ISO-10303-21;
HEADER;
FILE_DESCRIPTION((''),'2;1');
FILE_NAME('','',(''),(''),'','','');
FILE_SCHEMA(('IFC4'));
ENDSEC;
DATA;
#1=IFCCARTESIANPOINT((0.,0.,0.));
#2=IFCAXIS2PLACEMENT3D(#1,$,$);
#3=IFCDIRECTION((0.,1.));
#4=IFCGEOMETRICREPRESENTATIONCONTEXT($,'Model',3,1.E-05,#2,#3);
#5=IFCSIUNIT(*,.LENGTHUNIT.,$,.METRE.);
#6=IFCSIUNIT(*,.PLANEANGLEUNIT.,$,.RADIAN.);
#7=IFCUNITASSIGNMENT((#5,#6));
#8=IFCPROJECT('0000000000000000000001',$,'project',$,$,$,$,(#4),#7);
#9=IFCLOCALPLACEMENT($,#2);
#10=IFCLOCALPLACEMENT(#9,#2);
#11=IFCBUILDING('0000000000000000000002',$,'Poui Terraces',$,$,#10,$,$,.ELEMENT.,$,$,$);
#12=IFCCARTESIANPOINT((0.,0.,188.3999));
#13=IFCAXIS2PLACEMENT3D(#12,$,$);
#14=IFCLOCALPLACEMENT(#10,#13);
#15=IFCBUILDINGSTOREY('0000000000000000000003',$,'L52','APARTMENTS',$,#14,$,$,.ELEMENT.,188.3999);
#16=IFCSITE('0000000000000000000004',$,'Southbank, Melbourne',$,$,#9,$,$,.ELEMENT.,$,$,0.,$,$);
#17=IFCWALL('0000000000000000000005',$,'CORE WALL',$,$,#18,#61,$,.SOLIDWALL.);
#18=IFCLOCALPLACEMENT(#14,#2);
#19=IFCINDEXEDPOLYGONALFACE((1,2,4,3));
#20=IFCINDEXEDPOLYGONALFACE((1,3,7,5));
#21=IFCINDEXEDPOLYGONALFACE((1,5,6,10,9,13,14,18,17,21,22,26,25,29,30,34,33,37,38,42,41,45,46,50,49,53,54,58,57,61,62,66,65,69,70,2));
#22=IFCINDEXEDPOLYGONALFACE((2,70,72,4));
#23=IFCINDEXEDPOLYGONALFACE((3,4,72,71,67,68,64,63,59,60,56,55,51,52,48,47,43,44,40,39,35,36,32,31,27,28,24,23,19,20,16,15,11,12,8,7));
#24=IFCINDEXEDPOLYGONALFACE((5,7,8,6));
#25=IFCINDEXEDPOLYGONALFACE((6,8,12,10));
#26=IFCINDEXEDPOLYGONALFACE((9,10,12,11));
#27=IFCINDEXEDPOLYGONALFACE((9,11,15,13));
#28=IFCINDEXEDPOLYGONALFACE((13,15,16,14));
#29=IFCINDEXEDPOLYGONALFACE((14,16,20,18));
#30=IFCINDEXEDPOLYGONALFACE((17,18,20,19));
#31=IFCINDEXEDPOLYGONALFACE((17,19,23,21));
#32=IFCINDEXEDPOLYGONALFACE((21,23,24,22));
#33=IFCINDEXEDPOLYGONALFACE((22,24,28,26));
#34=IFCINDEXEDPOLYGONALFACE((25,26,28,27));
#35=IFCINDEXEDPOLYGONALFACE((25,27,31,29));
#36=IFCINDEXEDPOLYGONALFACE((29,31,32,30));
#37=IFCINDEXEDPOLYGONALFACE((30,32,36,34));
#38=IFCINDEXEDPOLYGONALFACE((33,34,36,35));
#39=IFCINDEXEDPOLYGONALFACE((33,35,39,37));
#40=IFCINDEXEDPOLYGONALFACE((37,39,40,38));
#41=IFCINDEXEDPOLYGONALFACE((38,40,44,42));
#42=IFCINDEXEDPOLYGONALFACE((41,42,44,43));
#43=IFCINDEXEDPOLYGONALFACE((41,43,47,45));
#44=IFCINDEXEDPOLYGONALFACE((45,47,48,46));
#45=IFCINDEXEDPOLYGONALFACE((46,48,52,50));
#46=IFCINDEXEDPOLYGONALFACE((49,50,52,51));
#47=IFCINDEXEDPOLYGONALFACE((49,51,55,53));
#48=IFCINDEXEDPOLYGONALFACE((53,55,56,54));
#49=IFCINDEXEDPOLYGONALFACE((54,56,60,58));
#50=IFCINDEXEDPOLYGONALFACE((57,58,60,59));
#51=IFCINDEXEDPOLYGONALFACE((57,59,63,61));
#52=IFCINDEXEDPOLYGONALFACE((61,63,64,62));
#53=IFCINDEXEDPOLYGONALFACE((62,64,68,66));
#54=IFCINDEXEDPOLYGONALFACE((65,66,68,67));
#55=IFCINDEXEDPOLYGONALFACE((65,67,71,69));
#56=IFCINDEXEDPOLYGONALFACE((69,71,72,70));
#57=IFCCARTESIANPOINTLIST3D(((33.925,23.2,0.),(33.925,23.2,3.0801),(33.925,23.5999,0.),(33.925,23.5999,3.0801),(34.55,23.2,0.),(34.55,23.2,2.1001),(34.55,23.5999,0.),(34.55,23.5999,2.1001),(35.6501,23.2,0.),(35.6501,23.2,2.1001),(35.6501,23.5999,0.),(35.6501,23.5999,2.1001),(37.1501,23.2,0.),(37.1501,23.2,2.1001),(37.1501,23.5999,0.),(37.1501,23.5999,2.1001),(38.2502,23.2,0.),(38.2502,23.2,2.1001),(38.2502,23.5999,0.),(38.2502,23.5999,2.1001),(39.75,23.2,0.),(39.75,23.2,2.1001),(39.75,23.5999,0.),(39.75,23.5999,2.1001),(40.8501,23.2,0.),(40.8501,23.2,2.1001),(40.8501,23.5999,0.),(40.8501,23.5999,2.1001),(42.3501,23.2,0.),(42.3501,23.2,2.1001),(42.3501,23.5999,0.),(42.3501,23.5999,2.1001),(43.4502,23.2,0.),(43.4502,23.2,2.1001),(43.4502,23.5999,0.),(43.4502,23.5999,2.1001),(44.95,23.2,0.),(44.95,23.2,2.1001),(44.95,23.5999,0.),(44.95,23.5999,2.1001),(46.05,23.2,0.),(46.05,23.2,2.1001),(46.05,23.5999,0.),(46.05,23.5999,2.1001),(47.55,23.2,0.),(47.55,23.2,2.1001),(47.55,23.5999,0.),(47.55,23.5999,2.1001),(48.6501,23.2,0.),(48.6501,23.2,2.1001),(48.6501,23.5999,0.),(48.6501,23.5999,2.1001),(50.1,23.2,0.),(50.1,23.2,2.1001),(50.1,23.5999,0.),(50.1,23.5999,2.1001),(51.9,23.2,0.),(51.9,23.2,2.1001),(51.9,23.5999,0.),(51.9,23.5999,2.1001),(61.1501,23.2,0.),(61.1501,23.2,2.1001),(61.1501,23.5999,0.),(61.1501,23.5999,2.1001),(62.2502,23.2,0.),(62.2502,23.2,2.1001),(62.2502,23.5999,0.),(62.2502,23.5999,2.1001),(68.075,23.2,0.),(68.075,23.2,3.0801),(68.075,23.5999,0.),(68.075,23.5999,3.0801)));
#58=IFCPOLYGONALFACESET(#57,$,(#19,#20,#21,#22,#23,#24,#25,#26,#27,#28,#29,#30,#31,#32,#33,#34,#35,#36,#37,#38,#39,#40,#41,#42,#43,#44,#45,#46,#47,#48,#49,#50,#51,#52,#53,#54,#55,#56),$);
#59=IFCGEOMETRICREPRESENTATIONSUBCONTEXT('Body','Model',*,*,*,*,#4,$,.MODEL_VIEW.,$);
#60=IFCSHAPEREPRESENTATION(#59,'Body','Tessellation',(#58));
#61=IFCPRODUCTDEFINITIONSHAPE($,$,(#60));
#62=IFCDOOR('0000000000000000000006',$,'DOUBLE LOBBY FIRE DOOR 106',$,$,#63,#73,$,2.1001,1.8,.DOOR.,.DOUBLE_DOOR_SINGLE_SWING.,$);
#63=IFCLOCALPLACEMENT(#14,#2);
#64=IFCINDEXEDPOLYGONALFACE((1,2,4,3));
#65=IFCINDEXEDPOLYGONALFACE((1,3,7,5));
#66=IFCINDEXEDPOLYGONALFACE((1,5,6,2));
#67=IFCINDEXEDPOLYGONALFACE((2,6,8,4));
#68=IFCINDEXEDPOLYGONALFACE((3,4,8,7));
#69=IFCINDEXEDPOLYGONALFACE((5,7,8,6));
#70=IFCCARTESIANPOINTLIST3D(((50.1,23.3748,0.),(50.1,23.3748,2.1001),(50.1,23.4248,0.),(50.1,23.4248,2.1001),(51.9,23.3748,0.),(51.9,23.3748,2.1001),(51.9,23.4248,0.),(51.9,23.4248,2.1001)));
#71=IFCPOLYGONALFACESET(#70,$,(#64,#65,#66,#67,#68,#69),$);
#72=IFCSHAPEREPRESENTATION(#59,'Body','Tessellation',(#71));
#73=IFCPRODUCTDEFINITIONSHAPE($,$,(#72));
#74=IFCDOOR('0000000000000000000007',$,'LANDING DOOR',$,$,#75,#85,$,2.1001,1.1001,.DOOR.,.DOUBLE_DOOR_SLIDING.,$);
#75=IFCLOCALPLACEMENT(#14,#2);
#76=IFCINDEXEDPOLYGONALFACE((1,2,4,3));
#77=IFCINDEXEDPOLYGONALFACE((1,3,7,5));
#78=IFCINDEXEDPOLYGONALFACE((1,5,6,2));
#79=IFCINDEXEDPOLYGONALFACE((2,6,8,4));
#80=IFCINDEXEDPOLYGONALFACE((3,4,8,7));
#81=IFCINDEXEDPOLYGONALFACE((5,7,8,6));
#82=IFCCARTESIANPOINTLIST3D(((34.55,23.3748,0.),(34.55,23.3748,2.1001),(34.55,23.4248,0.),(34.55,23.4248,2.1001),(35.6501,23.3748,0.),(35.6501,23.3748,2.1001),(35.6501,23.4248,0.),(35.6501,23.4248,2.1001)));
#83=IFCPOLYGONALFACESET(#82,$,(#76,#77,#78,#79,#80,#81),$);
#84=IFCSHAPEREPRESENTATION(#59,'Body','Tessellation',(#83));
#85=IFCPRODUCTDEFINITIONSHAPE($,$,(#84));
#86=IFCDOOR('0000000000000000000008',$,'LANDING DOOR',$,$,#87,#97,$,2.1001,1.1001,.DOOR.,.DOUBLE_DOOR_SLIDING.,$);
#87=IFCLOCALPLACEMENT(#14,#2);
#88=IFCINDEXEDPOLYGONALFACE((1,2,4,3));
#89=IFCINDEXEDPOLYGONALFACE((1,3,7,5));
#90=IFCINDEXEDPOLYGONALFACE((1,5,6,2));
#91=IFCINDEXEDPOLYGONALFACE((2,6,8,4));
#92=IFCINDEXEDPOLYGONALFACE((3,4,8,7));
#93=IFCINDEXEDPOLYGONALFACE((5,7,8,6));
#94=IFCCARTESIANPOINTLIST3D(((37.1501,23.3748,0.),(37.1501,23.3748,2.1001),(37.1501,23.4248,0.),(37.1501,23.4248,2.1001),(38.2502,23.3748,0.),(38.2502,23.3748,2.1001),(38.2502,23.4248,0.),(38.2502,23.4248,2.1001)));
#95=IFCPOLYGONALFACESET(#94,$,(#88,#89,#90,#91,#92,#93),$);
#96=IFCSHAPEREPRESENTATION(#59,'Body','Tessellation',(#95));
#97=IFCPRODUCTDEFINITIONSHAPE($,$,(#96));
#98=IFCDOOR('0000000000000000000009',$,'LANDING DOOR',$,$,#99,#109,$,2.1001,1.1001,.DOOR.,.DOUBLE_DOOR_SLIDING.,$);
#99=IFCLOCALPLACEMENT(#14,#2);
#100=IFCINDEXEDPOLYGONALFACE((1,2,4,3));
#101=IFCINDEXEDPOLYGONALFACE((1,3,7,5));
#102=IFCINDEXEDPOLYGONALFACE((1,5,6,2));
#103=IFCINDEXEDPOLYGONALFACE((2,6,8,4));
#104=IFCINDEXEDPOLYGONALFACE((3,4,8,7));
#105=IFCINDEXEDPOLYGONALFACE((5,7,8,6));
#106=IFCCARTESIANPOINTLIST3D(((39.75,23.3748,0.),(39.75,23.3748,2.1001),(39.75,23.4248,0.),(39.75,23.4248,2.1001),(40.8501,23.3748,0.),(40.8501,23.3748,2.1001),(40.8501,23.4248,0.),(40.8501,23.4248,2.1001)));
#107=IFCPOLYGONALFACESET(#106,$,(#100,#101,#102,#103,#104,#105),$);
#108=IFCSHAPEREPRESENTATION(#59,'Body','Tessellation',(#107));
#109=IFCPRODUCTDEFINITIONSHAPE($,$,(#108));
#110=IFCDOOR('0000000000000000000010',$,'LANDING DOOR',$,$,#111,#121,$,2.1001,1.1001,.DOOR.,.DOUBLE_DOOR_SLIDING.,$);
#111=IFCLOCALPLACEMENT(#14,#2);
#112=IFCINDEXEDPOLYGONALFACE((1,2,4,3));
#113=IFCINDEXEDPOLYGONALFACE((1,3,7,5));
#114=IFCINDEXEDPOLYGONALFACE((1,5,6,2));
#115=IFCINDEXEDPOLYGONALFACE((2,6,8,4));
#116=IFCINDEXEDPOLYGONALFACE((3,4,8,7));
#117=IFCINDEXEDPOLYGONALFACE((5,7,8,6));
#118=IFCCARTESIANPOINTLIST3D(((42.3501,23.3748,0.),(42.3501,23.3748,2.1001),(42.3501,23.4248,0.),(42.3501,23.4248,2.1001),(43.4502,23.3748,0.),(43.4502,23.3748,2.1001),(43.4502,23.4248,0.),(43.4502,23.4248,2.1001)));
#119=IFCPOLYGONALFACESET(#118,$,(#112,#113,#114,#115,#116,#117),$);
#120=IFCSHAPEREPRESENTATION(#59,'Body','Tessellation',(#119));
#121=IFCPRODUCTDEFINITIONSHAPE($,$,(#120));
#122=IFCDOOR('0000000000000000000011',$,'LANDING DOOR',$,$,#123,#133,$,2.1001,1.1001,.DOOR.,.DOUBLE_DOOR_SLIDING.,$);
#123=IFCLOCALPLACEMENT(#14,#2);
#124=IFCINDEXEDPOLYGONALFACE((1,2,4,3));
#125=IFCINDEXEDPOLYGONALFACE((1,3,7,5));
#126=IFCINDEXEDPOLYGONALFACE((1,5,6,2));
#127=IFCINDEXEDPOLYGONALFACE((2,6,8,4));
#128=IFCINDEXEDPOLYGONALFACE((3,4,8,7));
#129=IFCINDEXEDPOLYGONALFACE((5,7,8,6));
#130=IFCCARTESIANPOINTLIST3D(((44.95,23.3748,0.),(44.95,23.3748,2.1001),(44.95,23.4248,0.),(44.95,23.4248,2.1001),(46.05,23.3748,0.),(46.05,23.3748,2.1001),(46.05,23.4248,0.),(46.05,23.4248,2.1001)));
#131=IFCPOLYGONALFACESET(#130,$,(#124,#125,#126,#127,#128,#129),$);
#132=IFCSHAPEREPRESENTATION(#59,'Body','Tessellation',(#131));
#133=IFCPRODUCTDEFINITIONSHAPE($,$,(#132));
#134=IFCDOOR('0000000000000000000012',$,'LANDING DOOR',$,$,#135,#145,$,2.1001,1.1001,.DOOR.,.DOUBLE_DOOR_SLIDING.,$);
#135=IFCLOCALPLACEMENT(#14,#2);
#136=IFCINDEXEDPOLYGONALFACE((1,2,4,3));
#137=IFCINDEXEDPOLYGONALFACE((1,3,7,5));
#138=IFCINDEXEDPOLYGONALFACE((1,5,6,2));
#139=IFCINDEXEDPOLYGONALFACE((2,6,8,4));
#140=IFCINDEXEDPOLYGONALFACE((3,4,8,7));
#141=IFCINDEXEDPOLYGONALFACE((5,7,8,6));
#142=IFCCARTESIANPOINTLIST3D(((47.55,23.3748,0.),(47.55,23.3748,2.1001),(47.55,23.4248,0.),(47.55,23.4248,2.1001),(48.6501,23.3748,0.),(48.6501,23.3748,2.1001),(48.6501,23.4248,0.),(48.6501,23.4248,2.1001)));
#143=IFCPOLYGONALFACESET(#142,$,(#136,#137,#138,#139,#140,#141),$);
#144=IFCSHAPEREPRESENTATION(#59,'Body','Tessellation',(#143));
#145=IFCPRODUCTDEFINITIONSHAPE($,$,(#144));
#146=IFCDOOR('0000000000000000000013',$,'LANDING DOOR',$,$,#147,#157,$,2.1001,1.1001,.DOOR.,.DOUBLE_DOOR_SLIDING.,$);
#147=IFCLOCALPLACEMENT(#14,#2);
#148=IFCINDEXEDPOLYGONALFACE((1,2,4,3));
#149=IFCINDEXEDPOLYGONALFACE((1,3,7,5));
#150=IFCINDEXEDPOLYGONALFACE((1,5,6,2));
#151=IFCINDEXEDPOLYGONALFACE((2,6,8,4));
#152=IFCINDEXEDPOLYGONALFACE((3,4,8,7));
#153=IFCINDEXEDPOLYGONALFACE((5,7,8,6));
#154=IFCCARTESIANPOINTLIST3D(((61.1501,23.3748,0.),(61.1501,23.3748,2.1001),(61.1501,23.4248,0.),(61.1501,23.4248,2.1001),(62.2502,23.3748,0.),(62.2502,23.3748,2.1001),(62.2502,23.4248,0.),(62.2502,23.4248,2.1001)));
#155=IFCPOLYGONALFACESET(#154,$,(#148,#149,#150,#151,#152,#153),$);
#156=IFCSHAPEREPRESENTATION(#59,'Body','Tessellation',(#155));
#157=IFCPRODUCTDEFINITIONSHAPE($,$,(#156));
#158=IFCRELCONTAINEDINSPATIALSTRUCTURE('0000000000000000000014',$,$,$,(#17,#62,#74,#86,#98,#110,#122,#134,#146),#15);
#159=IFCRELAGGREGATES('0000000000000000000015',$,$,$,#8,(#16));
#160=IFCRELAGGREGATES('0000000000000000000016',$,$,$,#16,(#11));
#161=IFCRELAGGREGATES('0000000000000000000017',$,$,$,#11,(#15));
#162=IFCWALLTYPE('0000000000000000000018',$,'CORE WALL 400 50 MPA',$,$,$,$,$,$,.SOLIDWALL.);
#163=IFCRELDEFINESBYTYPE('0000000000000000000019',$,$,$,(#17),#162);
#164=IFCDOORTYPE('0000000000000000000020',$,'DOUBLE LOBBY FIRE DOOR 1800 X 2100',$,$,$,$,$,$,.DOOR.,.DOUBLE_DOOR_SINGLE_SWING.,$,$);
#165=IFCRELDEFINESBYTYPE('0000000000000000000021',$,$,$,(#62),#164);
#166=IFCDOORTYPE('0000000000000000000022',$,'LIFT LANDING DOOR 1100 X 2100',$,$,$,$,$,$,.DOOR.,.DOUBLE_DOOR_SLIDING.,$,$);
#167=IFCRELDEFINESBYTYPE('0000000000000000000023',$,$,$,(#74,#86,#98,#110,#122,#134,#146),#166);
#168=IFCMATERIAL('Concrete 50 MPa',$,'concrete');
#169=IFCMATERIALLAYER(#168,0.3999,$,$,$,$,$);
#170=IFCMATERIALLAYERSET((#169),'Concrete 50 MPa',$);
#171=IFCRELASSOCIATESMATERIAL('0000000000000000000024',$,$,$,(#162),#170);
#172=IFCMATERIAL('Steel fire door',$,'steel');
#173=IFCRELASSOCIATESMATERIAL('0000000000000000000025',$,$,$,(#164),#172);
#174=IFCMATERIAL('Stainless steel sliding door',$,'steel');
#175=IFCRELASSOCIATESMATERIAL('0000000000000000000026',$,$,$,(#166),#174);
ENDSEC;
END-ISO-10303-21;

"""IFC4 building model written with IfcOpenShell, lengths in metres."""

from ifc_helpers import new_model, si_unit, direction, frame, frame_2d, origin, place, context, subcontext, project, spatial, rectangle, extrude, material, layer, layer_set, type_object, element, fill, save


model = new_model("IFC4")

# Units and contexts
model_context = context("Model", 3, precision=1e-05, world=origin(), true_north=direction((0.0, 1.0)))
body_context = subcontext(model_context, "Body", "Model", "MODEL_VIEW")
ifc_project = project(units=[si_unit("LENGTHUNIT", "METRE"), si_unit("PLANEANGLEUNIT", "RADIAN")], contexts=[model_context])

# Site, building, storey
site_placement = place(None, origin())
site = spatial("IfcSite", under=ifc_project, at=site_placement, Name="Southbank, Melbourne", CompositionType="ELEMENT", RefElevation=0.0)
building_placement = place(site_placement, origin())
building = spatial("IfcBuilding", under=site, at=building_placement, Name="Poui Terraces", CompositionType="ELEMENT")
storey_placement = place(building_placement, frame((0.0, 0.0, 188.3999)))
storey = spatial("IfcBuildingStorey", under=building, at=storey_placement, Name="L52", Description="APARTMENTS", CompositionType="ELEMENT", Elevation=188.3999)

# Shared definitions
ifc_material_1 = material(Name="Concrete 50 MPa", Category="concrete")

# Wall, openings, doors
ifc_layer_1 = layer(ifc_material_1, 0.3999)
ifc_layer_set_1 = layer_set([ifc_layer_1], Name="Concrete 50 MPa")
wall_type_1 = type_object("IfcWallType", Name="CORE WALL 400 50 MPA", PredefinedType="SOLIDWALL", material=ifc_layer_set_1)
ifc_material_2 = material(Name="Steel fire door", Category="steel")
door_type_1 = type_object("IfcDoorType", Name="DOUBLE LOBBY FIRE DOOR 1800 X 2100", OperationType="DOUBLE_DOOR_SINGLE_SWING", PredefinedType="DOOR", material=ifc_material_2)
wall_1_placement = place(storey_placement, frame((33.925, 23.3999, 0.0), z_axis=(0.0, 0.0, 1.0), x_axis=(1.0, 0.0, 0.0)))
wall_1 = element("IfcWall", 1, at=wall_1_placement, inside=storey, type_object=wall_type_1, Name="CORE WALL", PredefinedType="SOLIDWALL", context=body_context, shape_type="SweptSolid", body=[
    extrude(rectangle(XDim=34.1499, YDim=0.3999, at=frame_2d((17.075, 0.0))), origin(), (0.0, 0.0, 1.0), 3.0801),
])
opening_1_placement = place(wall_1_placement, frame((16.175, 0.0, 0.0)))
opening_1 = element("IfcOpeningElement", 2, at=opening_1_placement, cuts=wall_1, PredefinedType="OPENING", context=body_context, shape_type="SweptSolid", body=[
    extrude(rectangle(XDim=1.8, YDim=2.1001, at=frame_2d((0.8999, 1.05))), frame((0.0, 0.21, 0.0), z_axis=(0.0, -1.0, 0.0), x_axis=(1.0, 0.0, 0.0)), (0.0, 0.0, 1.0), 0.4199),
])
opening_2_placement = place(wall_1_placement, frame((0.625, 0.0, 0.0)))
opening_2 = element("IfcOpeningElement", 3, at=opening_2_placement, cuts=wall_1, PredefinedType="OPENING", context=body_context, shape_type="SweptSolid", body=[
    extrude(rectangle(XDim=1.1001, YDim=2.1001, at=frame_2d((0.55, 1.05))), frame((0.0, 0.21, 0.0), z_axis=(0.0, -1.0, 0.0), x_axis=(1.0, 0.0, 0.0)), (0.0, 0.0, 1.0), 0.4199),
])
opening_3_placement = place(wall_1_placement, frame((3.2251, 0.0, 0.0)))
opening_3 = element("IfcOpeningElement", 4, at=opening_3_placement, cuts=wall_1, PredefinedType="OPENING", context=body_context, shape_type="SweptSolid", body=[
    extrude(rectangle(XDim=1.1001, YDim=2.1001, at=frame_2d((0.55, 1.05))), frame((0.0, 0.21, 0.0), z_axis=(0.0, -1.0, 0.0), x_axis=(1.0, 0.0, 0.0)), (0.0, 0.0, 1.0), 0.4199),
])
opening_4_placement = place(wall_1_placement, frame((5.825, 0.0, 0.0)))
opening_4 = element("IfcOpeningElement", 5, at=opening_4_placement, cuts=wall_1, PredefinedType="OPENING", context=body_context, shape_type="SweptSolid", body=[
    extrude(rectangle(XDim=1.1001, YDim=2.1001, at=frame_2d((0.55, 1.05))), frame((0.0, 0.21, 0.0), z_axis=(0.0, -1.0, 0.0), x_axis=(1.0, 0.0, 0.0)), (0.0, 0.0, 1.0), 0.4199),
])
opening_5_placement = place(wall_1_placement, frame((8.425, 0.0, 0.0)))
opening_5 = element("IfcOpeningElement", 6, at=opening_5_placement, cuts=wall_1, PredefinedType="OPENING", context=body_context, shape_type="SweptSolid", body=[
    extrude(rectangle(XDim=1.1001, YDim=2.1001, at=frame_2d((0.55, 1.05))), frame((0.0, 0.21, 0.0), z_axis=(0.0, -1.0, 0.0), x_axis=(1.0, 0.0, 0.0)), (0.0, 0.0, 1.0), 0.4199),
])
opening_6_placement = place(wall_1_placement, frame((11.0249, 0.0, 0.0)))
opening_6 = element("IfcOpeningElement", 7, at=opening_6_placement, cuts=wall_1, PredefinedType="OPENING", context=body_context, shape_type="SweptSolid", body=[
    extrude(rectangle(XDim=1.1001, YDim=2.1001, at=frame_2d((0.55, 1.05))), frame((0.0, 0.21, 0.0), z_axis=(0.0, -1.0, 0.0), x_axis=(1.0, 0.0, 0.0)), (0.0, 0.0, 1.0), 0.4199),
])
opening_7_placement = place(wall_1_placement, frame((13.625, 0.0, 0.0)))
opening_7 = element("IfcOpeningElement", 8, at=opening_7_placement, cuts=wall_1, PredefinedType="OPENING", context=body_context, shape_type="SweptSolid", body=[
    extrude(rectangle(XDim=1.1001, YDim=2.1001, at=frame_2d((0.55, 1.05))), frame((0.0, 0.21, 0.0), z_axis=(0.0, -1.0, 0.0), x_axis=(1.0, 0.0, 0.0)), (0.0, 0.0, 1.0), 0.4199),
])
opening_8_placement = place(wall_1_placement, frame((27.2251, 0.0, 0.0)))
opening_8 = element("IfcOpeningElement", 9, at=opening_8_placement, cuts=wall_1, PredefinedType="OPENING", context=body_context, shape_type="SweptSolid", body=[
    extrude(rectangle(XDim=1.1001, YDim=2.1001, at=frame_2d((0.55, 1.05))), frame((0.0, 0.21, 0.0), z_axis=(0.0, -1.0, 0.0), x_axis=(1.0, 0.0, 0.0)), (0.0, 0.0, 1.0), 0.4199),
])
door_1_placement = place(opening_1_placement, origin())
door_1 = element("IfcDoor", 10, at=door_1_placement, inside=storey, type_object=door_type_1, Name="DOUBLE LOBBY FIRE DOOR 106", OperationType="DOUBLE_DOOR_SINGLE_SWING", OverallHeight=2.1001, OverallWidth=1.8, PredefinedType="DOOR", context=body_context, shape_type="SweptSolid", body=[
    extrude(rectangle(XDim=1.8, YDim=2.1001, at=frame_2d((0.8999, 1.05))), frame((0.0, 0.0249, 0.0), z_axis=(0.0, -1.0, 0.0), x_axis=(1.0, 0.0, 0.0)), (0.0, 0.0, 1.0), 0.05),
])
fill(opening_1, door_1)
ifc_material_3 = material(Name="Stainless steel sliding door", Category="steel")
door_type_2 = type_object("IfcDoorType", Name="LIFT LANDING DOOR 1100 X 2100", OperationType="DOUBLE_DOOR_SLIDING", PredefinedType="DOOR", material=ifc_material_3)
door_2_placement = place(opening_2_placement, origin())
door_2 = element("IfcDoor", 11, at=door_2_placement, inside=storey, type_object=door_type_2, Name="LANDING DOOR", OperationType="DOUBLE_DOOR_SLIDING", OverallHeight=2.1001, OverallWidth=1.1001, PredefinedType="DOOR", context=body_context, shape_type="SweptSolid", body=[
    extrude(rectangle(XDim=1.1001, YDim=2.1001, at=frame_2d((0.55, 1.05))), frame((0.0, 0.0249, 0.0), z_axis=(0.0, -1.0, 0.0), x_axis=(1.0, 0.0, 0.0)), (0.0, 0.0, 1.0), 0.05),
])
fill(opening_2, door_2)
door_3_placement = place(opening_3_placement, origin())
door_3 = element("IfcDoor", 12, at=door_3_placement, inside=storey, type_object=door_type_2, Name="LANDING DOOR", OperationType="DOUBLE_DOOR_SLIDING", OverallHeight=2.1001, OverallWidth=1.1001, PredefinedType="DOOR", context=body_context, shape_type="SweptSolid", body=[
    extrude(rectangle(XDim=1.1001, YDim=2.1001, at=frame_2d((0.55, 1.05))), frame((0.0, 0.0249, 0.0), z_axis=(0.0, -1.0, 0.0), x_axis=(1.0, 0.0, 0.0)), (0.0, 0.0, 1.0), 0.05),
])
fill(opening_3, door_3)
door_4_placement = place(opening_4_placement, origin())
door_4 = element("IfcDoor", 13, at=door_4_placement, inside=storey, type_object=door_type_2, Name="LANDING DOOR", OperationType="DOUBLE_DOOR_SLIDING", OverallHeight=2.1001, OverallWidth=1.1001, PredefinedType="DOOR", context=body_context, shape_type="SweptSolid", body=[
    extrude(rectangle(XDim=1.1001, YDim=2.1001, at=frame_2d((0.55, 1.05))), frame((0.0, 0.0249, 0.0), z_axis=(0.0, -1.0, 0.0), x_axis=(1.0, 0.0, 0.0)), (0.0, 0.0, 1.0), 0.05),
])
fill(opening_4, door_4)
door_5_placement = place(opening_5_placement, origin())
door_5 = element("IfcDoor", 14, at=door_5_placement, inside=storey, type_object=door_type_2, Name="LANDING DOOR", OperationType="DOUBLE_DOOR_SLIDING", OverallHeight=2.1001, OverallWidth=1.1001, PredefinedType="DOOR", context=body_context, shape_type="SweptSolid", body=[
    extrude(rectangle(XDim=1.1001, YDim=2.1001, at=frame_2d((0.55, 1.05))), frame((0.0, 0.0249, 0.0), z_axis=(0.0, -1.0, 0.0), x_axis=(1.0, 0.0, 0.0)), (0.0, 0.0, 1.0), 0.05),
])
fill(opening_5, door_5)
door_6_placement = place(opening_6_placement, origin())
door_6 = element("IfcDoor", 15, at=door_6_placement, inside=storey, type_object=door_type_2, Name="LANDING DOOR", OperationType="DOUBLE_DOOR_SLIDING", OverallHeight=2.1001, OverallWidth=1.1001, PredefinedType="DOOR", context=body_context, shape_type="SweptSolid", body=[
    extrude(rectangle(XDim=1.1001, YDim=2.1001, at=frame_2d((0.55, 1.05))), frame((0.0, 0.0249, 0.0), z_axis=(0.0, -1.0, 0.0), x_axis=(1.0, 0.0, 0.0)), (0.0, 0.0, 1.0), 0.05),
])
fill(opening_6, door_6)
door_7_placement = place(opening_7_placement, origin())
door_7 = element("IfcDoor", 16, at=door_7_placement, inside=storey, type_object=door_type_2, Name="LANDING DOOR", OperationType="DOUBLE_DOOR_SLIDING", OverallHeight=2.1001, OverallWidth=1.1001, PredefinedType="DOOR", context=body_context, shape_type="SweptSolid", body=[
    extrude(rectangle(XDim=1.1001, YDim=2.1001, at=frame_2d((0.55, 1.05))), frame((0.0, 0.0249, 0.0), z_axis=(0.0, -1.0, 0.0), x_axis=(1.0, 0.0, 0.0)), (0.0, 0.0, 1.0), 0.05),
])
fill(opening_7, door_7)
door_8_placement = place(opening_8_placement, origin())
door_8 = element("IfcDoor", 17, at=door_8_placement, inside=storey, type_object=door_type_2, Name="LANDING DOOR", OperationType="DOUBLE_DOOR_SLIDING", OverallHeight=2.1001, OverallWidth=1.1001, PredefinedType="DOOR", context=body_context, shape_type="SweptSolid", body=[
    extrude(rectangle(XDim=1.1001, YDim=2.1001, at=frame_2d((0.55, 1.05))), frame((0.0, 0.0249, 0.0), z_axis=(0.0, -1.0, 0.0), x_axis=(1.0, 0.0, 0.0)), (0.0, 0.0, 1.0), 0.05),
])
fill(opening_8, door_8)

save(model, "model.ifc")
